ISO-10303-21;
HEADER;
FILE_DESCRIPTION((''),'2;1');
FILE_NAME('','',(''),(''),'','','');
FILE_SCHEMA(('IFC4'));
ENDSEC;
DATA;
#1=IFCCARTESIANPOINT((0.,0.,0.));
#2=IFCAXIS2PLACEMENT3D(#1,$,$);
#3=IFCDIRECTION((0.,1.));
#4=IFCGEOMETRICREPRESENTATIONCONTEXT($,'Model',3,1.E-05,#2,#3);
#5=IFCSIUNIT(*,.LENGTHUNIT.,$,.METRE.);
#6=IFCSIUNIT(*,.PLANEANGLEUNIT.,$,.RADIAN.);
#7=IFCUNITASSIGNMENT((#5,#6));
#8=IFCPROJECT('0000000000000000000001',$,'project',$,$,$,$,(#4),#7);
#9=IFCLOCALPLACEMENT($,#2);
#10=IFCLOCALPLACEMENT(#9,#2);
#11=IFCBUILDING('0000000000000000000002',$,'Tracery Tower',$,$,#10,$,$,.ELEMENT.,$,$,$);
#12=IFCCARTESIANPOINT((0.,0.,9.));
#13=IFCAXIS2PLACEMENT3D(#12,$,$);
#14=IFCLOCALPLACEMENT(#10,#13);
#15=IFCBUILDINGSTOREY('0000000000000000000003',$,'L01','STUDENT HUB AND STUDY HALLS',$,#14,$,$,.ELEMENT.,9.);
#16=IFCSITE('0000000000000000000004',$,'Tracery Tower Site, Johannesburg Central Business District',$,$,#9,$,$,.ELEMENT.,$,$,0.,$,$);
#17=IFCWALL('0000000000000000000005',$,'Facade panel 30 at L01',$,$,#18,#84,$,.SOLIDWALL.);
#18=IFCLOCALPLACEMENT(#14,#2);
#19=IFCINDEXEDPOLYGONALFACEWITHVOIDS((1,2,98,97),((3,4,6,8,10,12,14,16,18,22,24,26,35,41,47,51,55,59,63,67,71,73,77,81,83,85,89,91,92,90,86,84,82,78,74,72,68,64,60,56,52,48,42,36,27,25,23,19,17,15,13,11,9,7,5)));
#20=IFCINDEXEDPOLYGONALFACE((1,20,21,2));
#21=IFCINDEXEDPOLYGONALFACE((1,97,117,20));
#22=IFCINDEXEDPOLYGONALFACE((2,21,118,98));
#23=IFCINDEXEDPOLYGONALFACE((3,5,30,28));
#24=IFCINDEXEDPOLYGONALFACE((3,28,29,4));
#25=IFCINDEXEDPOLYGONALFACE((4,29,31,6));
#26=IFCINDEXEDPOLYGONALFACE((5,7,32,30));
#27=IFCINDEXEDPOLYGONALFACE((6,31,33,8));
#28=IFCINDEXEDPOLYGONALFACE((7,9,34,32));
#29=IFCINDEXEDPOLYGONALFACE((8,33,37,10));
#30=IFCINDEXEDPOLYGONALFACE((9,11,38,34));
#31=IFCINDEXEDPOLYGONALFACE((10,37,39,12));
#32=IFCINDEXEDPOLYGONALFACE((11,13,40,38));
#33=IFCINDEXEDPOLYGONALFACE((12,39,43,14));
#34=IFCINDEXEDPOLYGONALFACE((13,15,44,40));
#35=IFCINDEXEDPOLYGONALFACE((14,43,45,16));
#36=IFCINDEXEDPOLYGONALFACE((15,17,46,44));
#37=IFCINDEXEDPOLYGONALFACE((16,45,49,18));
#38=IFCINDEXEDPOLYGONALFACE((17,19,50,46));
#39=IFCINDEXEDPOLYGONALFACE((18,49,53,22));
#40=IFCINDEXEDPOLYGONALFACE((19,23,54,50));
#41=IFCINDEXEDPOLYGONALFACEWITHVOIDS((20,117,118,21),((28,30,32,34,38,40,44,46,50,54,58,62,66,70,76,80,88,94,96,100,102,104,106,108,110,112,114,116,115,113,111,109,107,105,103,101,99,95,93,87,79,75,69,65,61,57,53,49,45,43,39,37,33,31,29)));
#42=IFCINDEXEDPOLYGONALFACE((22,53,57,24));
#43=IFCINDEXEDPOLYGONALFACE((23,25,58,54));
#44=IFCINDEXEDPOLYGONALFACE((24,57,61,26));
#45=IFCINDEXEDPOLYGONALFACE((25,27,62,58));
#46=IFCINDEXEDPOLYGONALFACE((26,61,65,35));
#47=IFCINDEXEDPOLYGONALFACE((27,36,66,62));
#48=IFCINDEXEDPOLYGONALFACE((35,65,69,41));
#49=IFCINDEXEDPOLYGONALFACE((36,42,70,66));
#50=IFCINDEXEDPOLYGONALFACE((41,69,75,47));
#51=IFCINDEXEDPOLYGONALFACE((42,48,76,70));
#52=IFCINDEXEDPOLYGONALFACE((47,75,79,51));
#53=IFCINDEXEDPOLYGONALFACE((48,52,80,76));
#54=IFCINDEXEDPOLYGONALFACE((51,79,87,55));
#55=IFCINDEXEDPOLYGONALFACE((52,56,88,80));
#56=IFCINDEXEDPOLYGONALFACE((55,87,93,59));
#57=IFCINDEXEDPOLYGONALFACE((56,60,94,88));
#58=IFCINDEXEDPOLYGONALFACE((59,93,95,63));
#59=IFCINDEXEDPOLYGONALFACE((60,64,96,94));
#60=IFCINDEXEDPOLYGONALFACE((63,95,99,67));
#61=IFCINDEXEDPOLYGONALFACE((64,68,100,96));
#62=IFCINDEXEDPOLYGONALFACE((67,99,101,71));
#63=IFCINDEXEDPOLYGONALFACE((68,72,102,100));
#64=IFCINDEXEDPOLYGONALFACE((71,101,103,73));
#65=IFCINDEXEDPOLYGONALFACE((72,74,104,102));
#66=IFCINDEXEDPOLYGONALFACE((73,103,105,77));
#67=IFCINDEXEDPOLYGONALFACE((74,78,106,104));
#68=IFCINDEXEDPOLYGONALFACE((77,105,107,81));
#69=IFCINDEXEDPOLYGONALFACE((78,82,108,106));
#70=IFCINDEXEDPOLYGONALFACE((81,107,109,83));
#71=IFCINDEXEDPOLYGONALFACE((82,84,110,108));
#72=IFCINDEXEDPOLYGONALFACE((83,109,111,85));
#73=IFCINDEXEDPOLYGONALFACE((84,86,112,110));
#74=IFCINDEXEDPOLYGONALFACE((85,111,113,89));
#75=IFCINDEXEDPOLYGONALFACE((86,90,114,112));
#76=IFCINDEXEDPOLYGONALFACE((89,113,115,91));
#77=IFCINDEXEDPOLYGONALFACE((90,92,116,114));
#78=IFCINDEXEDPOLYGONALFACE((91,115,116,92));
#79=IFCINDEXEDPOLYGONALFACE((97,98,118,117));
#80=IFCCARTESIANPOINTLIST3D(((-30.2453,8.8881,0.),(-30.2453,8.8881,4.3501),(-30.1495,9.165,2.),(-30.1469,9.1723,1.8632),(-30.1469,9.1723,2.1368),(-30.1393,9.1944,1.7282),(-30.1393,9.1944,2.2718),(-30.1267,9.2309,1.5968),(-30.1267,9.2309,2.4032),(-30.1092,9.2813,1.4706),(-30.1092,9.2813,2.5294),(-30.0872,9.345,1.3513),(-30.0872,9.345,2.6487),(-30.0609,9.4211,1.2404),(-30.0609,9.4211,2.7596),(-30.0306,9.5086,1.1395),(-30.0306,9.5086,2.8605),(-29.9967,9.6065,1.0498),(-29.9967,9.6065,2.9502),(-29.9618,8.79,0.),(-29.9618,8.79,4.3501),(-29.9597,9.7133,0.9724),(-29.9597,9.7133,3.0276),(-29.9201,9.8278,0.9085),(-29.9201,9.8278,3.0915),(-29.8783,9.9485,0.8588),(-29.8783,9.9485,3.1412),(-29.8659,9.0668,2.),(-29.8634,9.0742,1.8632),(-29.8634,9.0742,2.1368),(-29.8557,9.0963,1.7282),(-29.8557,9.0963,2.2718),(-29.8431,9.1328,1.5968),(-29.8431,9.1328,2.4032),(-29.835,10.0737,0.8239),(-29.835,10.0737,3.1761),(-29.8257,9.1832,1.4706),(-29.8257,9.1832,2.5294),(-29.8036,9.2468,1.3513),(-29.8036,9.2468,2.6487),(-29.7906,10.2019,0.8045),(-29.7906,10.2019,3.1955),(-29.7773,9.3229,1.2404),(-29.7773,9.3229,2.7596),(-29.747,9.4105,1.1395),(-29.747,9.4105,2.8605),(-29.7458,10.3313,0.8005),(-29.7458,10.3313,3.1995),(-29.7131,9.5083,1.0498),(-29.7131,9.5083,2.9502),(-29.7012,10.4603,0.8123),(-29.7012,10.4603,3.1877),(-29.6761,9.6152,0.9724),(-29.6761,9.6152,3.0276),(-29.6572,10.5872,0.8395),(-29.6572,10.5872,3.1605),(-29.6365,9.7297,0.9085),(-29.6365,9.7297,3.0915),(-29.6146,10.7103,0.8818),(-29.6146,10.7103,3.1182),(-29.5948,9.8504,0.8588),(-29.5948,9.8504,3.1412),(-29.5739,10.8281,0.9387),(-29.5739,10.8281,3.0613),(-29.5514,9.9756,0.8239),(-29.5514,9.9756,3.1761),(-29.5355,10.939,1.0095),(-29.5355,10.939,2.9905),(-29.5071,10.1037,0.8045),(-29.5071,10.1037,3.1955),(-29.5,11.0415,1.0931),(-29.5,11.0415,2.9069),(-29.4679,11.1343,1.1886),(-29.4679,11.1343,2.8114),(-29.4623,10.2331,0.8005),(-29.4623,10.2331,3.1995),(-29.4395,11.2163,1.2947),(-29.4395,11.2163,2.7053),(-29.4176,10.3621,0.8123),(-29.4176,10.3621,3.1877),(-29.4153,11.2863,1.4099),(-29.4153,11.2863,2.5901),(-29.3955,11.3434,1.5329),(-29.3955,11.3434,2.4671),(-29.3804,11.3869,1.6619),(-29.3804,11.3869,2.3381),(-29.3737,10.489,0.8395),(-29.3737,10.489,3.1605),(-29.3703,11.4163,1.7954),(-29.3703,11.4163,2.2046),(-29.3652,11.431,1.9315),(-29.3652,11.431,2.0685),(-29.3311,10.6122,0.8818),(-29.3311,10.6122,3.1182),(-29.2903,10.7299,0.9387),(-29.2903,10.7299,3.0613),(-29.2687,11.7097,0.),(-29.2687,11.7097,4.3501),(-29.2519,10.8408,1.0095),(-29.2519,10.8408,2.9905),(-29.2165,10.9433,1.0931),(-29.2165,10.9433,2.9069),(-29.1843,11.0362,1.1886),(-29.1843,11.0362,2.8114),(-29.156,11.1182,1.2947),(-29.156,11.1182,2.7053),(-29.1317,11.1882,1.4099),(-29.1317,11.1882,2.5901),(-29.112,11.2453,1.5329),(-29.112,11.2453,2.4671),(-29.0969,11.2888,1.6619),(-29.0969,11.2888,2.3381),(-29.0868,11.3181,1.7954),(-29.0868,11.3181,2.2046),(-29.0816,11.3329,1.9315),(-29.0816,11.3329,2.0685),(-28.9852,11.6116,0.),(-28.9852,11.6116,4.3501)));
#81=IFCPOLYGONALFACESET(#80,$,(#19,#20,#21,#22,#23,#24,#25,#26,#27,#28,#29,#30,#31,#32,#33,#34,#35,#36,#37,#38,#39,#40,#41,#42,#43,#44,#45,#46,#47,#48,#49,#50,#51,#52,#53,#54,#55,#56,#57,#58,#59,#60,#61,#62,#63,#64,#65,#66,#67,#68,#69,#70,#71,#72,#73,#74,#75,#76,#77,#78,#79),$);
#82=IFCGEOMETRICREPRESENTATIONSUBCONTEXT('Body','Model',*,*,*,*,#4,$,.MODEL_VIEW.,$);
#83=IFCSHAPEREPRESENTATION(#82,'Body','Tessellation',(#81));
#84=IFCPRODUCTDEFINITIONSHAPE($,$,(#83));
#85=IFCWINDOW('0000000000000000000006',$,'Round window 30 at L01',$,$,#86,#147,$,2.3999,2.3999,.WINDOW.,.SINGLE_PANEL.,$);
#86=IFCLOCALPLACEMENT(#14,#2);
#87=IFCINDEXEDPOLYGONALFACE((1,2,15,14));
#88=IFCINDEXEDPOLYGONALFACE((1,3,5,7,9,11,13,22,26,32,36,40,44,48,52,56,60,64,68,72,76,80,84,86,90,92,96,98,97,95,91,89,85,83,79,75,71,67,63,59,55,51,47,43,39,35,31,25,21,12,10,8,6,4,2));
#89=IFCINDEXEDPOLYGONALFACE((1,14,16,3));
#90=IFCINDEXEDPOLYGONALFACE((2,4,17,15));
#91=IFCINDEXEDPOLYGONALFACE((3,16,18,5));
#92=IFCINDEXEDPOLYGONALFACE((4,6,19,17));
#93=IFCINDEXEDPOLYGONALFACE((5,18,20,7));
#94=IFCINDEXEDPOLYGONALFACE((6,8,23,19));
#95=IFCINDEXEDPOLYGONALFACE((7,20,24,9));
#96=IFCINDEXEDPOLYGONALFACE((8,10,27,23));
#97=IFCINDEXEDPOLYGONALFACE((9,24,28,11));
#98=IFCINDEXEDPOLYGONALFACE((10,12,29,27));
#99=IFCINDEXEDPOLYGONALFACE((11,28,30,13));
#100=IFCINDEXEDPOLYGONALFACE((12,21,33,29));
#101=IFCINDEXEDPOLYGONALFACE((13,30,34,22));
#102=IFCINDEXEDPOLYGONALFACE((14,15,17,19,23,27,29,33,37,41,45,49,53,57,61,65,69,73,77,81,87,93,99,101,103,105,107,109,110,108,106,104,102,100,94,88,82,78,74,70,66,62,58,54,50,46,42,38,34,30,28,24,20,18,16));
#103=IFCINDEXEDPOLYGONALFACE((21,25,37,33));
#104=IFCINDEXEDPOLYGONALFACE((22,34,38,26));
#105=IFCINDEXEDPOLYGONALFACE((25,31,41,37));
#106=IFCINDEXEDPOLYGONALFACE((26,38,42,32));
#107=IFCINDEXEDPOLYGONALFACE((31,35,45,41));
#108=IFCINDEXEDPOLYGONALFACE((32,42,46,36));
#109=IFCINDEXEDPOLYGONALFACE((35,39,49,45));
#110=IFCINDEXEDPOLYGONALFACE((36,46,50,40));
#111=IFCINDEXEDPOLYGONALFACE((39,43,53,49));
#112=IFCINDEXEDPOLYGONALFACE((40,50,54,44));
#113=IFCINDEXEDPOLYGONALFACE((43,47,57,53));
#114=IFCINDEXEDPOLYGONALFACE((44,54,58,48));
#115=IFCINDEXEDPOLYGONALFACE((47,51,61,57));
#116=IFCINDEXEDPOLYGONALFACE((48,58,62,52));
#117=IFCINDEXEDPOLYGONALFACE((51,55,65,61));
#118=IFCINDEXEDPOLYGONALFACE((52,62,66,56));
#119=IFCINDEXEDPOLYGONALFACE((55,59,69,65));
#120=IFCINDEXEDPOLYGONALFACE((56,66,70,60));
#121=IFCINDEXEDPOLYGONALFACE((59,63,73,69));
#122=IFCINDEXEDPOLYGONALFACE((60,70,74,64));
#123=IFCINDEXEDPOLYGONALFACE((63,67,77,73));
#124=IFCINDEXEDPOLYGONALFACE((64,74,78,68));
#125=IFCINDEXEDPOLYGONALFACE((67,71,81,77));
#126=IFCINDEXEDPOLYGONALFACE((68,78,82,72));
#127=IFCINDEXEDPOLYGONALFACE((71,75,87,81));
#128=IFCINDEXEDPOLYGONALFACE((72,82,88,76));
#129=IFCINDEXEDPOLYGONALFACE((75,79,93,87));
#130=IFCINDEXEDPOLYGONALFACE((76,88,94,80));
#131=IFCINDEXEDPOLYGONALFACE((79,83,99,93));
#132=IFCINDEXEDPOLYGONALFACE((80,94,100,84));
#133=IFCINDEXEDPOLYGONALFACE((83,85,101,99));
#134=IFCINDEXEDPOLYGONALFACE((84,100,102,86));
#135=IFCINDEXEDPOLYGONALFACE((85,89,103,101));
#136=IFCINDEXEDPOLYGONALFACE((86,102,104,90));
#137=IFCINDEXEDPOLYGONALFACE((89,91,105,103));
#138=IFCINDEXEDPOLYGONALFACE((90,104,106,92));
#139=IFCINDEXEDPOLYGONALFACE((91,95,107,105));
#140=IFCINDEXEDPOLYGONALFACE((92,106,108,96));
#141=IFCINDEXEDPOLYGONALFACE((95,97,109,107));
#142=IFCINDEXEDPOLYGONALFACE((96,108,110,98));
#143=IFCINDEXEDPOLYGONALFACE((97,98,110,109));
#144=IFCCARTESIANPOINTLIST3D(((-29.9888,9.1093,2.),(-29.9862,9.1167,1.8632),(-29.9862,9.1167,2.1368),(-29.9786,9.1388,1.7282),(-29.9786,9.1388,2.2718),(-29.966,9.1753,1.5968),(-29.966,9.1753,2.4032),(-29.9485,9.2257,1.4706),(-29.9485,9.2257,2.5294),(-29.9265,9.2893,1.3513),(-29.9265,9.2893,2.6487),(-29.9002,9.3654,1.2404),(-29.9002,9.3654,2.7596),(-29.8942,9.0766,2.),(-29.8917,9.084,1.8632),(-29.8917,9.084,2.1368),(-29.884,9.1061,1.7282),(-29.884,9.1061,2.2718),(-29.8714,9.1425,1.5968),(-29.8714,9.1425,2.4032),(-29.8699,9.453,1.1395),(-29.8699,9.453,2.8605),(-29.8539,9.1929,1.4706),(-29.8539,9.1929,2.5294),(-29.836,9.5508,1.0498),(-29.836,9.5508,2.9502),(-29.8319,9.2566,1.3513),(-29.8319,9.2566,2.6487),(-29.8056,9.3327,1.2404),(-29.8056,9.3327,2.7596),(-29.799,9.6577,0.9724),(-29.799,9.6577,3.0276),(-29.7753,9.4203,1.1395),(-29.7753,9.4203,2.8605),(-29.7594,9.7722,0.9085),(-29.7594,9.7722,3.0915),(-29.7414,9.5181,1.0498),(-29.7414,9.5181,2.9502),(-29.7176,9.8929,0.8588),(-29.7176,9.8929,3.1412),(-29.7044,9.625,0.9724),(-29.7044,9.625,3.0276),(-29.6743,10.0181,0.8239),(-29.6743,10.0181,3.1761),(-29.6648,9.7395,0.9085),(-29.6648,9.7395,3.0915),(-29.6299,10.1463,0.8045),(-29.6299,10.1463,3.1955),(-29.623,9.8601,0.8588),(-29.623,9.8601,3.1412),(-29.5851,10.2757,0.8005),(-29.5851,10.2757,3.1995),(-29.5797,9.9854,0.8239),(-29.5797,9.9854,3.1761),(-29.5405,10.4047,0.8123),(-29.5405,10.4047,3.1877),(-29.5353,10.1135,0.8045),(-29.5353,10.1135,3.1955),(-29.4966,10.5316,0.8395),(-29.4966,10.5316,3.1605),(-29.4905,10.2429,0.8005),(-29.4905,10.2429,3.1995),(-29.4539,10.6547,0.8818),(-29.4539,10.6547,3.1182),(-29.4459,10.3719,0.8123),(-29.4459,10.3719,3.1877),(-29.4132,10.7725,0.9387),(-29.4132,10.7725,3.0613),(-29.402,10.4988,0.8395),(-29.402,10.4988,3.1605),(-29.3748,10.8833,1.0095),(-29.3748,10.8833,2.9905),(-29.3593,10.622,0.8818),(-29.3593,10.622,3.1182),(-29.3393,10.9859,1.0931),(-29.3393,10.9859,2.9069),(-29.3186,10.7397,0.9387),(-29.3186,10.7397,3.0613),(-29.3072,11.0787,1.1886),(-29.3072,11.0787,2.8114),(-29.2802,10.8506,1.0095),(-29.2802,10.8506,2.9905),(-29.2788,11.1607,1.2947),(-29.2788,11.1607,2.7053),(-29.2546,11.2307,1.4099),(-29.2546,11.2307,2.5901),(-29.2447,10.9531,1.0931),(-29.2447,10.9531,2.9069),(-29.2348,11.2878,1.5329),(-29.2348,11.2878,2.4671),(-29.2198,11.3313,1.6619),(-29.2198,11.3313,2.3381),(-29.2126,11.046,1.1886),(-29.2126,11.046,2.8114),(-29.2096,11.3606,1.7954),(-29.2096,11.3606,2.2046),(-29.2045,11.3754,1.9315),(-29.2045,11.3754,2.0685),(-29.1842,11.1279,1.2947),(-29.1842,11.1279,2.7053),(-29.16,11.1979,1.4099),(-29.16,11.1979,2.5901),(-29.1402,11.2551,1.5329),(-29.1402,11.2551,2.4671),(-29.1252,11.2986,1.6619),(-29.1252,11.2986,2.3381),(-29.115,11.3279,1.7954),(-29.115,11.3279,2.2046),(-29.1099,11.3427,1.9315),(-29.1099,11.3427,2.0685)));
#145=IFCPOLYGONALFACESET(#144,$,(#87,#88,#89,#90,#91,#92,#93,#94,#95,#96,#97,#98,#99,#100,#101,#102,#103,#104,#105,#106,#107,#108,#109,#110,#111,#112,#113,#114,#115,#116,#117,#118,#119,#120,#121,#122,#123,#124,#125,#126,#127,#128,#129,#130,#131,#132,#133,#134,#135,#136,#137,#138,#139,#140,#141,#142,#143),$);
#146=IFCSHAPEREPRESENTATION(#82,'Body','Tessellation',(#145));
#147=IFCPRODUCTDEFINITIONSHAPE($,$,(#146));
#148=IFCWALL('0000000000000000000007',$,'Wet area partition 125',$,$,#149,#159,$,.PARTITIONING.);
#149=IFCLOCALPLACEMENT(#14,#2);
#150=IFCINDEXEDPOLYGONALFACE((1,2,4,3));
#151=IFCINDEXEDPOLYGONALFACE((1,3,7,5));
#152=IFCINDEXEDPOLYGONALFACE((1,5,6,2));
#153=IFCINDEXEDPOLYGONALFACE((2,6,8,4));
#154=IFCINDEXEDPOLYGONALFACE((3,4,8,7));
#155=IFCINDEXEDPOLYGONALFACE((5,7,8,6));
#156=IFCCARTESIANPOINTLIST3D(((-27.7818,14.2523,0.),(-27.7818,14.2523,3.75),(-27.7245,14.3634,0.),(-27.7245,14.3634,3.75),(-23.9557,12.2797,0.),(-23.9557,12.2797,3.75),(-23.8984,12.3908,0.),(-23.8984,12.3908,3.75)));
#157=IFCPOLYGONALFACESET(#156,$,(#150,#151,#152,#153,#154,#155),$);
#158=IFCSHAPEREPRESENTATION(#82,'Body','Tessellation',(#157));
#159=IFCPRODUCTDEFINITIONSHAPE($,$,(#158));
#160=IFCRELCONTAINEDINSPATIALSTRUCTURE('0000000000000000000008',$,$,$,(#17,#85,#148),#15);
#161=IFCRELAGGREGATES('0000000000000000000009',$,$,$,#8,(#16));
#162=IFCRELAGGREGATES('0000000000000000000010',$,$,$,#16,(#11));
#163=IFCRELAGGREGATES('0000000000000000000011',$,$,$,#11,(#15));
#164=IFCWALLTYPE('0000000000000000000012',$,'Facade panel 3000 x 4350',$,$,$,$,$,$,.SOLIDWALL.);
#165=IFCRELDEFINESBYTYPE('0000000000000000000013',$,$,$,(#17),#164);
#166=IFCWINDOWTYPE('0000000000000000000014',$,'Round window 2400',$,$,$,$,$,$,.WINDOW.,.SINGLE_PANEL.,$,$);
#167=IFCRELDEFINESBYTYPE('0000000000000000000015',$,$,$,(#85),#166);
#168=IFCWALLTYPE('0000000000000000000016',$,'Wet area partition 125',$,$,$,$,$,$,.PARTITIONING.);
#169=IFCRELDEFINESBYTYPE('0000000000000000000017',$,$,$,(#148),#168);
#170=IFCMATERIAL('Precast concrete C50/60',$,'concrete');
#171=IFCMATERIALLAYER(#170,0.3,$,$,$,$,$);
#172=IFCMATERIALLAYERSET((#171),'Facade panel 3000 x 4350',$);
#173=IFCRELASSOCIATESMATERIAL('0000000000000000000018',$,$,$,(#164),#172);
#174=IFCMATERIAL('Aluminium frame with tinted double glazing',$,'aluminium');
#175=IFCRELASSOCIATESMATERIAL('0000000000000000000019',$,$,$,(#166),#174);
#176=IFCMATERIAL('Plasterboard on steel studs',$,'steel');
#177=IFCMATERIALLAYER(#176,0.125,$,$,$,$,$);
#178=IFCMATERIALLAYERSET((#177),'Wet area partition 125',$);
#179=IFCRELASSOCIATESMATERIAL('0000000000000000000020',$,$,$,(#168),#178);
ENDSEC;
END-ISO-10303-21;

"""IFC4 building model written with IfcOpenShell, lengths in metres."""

from ifc_helpers import new_model, si_unit, direction, frame, frame_2d, origin, origin_2d, place, context, subcontext, project, spatial, rectangle, circle, extrude, material, layer, layer_set, type_object, element, fill, save


model = new_model("IFC4")

# Units and contexts
model_context = context("Model", 3, precision=1e-05, world=origin(), true_north=direction((0.0, 1.0)))
body_context = subcontext(model_context, "Body", "Model", "MODEL_VIEW")
ifc_project = project(units=[si_unit("LENGTHUNIT", "METRE"), si_unit("PLANEANGLEUNIT", "RADIAN")], contexts=[model_context])

# Site, building, storey
site_placement = place(None, origin())
site = spatial("IfcSite", under=ifc_project, at=site_placement, Name="Tracery Tower Site, Johannesburg Central Business District", CompositionType="ELEMENT", RefElevation=0.0)
building_placement = place(site_placement, origin())
building = spatial("IfcBuilding", under=site, at=building_placement, Name="Tracery Tower", CompositionType="ELEMENT")
storey_placement = place(building_placement, frame((0.0, 0.0, 9.0)))
storey = spatial("IfcBuildingStorey", under=building, at=storey_placement, Name="L01", Description="STUDENT HUB AND STUDY HALLS", CompositionType="ELEMENT", Elevation=9.0)

# Wall, opening, window
ifc_material_1 = material(Name="Precast concrete C50/60", Category="concrete")
ifc_layer_1 = layer(ifc_material_1, 0.3)
ifc_layer_set_1 = layer_set([ifc_layer_1], Name="Facade panel 3000 x 4350")
wall_type_1 = type_object("IfcWallType", Name="Facade panel 3000 x 4350", PredefinedType="SOLIDWALL", material=ifc_layer_set_1)
ifc_material_2 = material(Name="Aluminium frame with tinted double glazing", Category="aluminium")
window_type = type_object("IfcWindowType", Name="Round window 2400", PartitioningType="SINGLE_PANEL", PredefinedType="WINDOW", material=ifc_material_2)
wall_1_placement = place(storey_placement, frame((-29.127, 11.6606, 0.0), z_axis=(0.0, 0.0, 1.0), x_axis=(-0.327074, -0.944999, 0.0)))
wall_1 = element("IfcWall", 1, at=wall_1_placement, inside=storey, type_object=wall_type_1, Name="Facade panel 30 at L01", PredefinedType="SOLIDWALL", context=body_context, shape_type="SweptSolid", body=[
    extrude(rectangle(XDim=2.9858, YDim=0.3, at=frame_2d((1.4929, 0.0))), origin(), (0.0, 0.0, 1.0), 4.3501),
])
opening_1_placement = place(wall_1_placement, frame((1.4929, 0.0, 2.0)))
opening_1 = element("IfcOpeningElement", 2, at=opening_1_placement, cuts=wall_1, PredefinedType="OPENING", context=body_context, shape_type="SweptSolid", body=[
    extrude(circle(Radius=1.2, at=origin_2d()), frame((0.0, 0.1599, 0.0), z_axis=(0.0, -1.0, 0.0), x_axis=(1.0, 0.0, 0.0)), (0.0, 0.0, 1.0), 0.3201),
])
window_1_placement = place(opening_1_placement, origin())
window_1 = element("IfcWindow", 3, at=window_1_placement, inside=storey, type_object=window_type, Name="Round window 30 at L01", OverallHeight=2.3999, OverallWidth=2.3999, PartitioningType="SINGLE_PANEL", PredefinedType="WINDOW", context=body_context, shape_type="SweptSolid", body=[
    extrude(circle(Radius=1.2, at=origin_2d()), frame((0.0, 0.1201, 0.0), z_axis=(0.0, -1.0, 0.0), x_axis=(1.0, 0.0, 0.0)), (0.0, 0.0, 1.0), 0.1001),
])
fill(opening_1, window_1)

# Wall
ifc_material_3 = material(Name="Plasterboard on steel studs", Category="steel")
ifc_layer_2 = layer(ifc_material_3, 0.125)
ifc_layer_set_2 = layer_set([ifc_layer_2], Name="Wet area partition 125")
wall_type_2 = type_object("IfcWallType", Name="Wet area partition 125", PredefinedType="PARTITIONING", material=ifc_layer_set_2)
wall_2_placement = place(storey_placement, frame((-27.7532, 14.3079, 0.0), z_axis=(0.0, 0.0, 1.0), x_axis=(0.888823, -0.45825, 0.0)))
element("IfcWall", 4, at=wall_2_placement, inside=storey, type_object=wall_type_2, Name="Wet area partition 125", PredefinedType="PARTITIONING", context=body_context, shape_type="SweptSolid", body=[
    extrude(rectangle(XDim=4.3047, YDim=0.125, at=frame_2d((2.1523, 0.0))), origin(), (0.0, 0.0, 1.0), 3.75),
])

save(model, "model.ifc")
